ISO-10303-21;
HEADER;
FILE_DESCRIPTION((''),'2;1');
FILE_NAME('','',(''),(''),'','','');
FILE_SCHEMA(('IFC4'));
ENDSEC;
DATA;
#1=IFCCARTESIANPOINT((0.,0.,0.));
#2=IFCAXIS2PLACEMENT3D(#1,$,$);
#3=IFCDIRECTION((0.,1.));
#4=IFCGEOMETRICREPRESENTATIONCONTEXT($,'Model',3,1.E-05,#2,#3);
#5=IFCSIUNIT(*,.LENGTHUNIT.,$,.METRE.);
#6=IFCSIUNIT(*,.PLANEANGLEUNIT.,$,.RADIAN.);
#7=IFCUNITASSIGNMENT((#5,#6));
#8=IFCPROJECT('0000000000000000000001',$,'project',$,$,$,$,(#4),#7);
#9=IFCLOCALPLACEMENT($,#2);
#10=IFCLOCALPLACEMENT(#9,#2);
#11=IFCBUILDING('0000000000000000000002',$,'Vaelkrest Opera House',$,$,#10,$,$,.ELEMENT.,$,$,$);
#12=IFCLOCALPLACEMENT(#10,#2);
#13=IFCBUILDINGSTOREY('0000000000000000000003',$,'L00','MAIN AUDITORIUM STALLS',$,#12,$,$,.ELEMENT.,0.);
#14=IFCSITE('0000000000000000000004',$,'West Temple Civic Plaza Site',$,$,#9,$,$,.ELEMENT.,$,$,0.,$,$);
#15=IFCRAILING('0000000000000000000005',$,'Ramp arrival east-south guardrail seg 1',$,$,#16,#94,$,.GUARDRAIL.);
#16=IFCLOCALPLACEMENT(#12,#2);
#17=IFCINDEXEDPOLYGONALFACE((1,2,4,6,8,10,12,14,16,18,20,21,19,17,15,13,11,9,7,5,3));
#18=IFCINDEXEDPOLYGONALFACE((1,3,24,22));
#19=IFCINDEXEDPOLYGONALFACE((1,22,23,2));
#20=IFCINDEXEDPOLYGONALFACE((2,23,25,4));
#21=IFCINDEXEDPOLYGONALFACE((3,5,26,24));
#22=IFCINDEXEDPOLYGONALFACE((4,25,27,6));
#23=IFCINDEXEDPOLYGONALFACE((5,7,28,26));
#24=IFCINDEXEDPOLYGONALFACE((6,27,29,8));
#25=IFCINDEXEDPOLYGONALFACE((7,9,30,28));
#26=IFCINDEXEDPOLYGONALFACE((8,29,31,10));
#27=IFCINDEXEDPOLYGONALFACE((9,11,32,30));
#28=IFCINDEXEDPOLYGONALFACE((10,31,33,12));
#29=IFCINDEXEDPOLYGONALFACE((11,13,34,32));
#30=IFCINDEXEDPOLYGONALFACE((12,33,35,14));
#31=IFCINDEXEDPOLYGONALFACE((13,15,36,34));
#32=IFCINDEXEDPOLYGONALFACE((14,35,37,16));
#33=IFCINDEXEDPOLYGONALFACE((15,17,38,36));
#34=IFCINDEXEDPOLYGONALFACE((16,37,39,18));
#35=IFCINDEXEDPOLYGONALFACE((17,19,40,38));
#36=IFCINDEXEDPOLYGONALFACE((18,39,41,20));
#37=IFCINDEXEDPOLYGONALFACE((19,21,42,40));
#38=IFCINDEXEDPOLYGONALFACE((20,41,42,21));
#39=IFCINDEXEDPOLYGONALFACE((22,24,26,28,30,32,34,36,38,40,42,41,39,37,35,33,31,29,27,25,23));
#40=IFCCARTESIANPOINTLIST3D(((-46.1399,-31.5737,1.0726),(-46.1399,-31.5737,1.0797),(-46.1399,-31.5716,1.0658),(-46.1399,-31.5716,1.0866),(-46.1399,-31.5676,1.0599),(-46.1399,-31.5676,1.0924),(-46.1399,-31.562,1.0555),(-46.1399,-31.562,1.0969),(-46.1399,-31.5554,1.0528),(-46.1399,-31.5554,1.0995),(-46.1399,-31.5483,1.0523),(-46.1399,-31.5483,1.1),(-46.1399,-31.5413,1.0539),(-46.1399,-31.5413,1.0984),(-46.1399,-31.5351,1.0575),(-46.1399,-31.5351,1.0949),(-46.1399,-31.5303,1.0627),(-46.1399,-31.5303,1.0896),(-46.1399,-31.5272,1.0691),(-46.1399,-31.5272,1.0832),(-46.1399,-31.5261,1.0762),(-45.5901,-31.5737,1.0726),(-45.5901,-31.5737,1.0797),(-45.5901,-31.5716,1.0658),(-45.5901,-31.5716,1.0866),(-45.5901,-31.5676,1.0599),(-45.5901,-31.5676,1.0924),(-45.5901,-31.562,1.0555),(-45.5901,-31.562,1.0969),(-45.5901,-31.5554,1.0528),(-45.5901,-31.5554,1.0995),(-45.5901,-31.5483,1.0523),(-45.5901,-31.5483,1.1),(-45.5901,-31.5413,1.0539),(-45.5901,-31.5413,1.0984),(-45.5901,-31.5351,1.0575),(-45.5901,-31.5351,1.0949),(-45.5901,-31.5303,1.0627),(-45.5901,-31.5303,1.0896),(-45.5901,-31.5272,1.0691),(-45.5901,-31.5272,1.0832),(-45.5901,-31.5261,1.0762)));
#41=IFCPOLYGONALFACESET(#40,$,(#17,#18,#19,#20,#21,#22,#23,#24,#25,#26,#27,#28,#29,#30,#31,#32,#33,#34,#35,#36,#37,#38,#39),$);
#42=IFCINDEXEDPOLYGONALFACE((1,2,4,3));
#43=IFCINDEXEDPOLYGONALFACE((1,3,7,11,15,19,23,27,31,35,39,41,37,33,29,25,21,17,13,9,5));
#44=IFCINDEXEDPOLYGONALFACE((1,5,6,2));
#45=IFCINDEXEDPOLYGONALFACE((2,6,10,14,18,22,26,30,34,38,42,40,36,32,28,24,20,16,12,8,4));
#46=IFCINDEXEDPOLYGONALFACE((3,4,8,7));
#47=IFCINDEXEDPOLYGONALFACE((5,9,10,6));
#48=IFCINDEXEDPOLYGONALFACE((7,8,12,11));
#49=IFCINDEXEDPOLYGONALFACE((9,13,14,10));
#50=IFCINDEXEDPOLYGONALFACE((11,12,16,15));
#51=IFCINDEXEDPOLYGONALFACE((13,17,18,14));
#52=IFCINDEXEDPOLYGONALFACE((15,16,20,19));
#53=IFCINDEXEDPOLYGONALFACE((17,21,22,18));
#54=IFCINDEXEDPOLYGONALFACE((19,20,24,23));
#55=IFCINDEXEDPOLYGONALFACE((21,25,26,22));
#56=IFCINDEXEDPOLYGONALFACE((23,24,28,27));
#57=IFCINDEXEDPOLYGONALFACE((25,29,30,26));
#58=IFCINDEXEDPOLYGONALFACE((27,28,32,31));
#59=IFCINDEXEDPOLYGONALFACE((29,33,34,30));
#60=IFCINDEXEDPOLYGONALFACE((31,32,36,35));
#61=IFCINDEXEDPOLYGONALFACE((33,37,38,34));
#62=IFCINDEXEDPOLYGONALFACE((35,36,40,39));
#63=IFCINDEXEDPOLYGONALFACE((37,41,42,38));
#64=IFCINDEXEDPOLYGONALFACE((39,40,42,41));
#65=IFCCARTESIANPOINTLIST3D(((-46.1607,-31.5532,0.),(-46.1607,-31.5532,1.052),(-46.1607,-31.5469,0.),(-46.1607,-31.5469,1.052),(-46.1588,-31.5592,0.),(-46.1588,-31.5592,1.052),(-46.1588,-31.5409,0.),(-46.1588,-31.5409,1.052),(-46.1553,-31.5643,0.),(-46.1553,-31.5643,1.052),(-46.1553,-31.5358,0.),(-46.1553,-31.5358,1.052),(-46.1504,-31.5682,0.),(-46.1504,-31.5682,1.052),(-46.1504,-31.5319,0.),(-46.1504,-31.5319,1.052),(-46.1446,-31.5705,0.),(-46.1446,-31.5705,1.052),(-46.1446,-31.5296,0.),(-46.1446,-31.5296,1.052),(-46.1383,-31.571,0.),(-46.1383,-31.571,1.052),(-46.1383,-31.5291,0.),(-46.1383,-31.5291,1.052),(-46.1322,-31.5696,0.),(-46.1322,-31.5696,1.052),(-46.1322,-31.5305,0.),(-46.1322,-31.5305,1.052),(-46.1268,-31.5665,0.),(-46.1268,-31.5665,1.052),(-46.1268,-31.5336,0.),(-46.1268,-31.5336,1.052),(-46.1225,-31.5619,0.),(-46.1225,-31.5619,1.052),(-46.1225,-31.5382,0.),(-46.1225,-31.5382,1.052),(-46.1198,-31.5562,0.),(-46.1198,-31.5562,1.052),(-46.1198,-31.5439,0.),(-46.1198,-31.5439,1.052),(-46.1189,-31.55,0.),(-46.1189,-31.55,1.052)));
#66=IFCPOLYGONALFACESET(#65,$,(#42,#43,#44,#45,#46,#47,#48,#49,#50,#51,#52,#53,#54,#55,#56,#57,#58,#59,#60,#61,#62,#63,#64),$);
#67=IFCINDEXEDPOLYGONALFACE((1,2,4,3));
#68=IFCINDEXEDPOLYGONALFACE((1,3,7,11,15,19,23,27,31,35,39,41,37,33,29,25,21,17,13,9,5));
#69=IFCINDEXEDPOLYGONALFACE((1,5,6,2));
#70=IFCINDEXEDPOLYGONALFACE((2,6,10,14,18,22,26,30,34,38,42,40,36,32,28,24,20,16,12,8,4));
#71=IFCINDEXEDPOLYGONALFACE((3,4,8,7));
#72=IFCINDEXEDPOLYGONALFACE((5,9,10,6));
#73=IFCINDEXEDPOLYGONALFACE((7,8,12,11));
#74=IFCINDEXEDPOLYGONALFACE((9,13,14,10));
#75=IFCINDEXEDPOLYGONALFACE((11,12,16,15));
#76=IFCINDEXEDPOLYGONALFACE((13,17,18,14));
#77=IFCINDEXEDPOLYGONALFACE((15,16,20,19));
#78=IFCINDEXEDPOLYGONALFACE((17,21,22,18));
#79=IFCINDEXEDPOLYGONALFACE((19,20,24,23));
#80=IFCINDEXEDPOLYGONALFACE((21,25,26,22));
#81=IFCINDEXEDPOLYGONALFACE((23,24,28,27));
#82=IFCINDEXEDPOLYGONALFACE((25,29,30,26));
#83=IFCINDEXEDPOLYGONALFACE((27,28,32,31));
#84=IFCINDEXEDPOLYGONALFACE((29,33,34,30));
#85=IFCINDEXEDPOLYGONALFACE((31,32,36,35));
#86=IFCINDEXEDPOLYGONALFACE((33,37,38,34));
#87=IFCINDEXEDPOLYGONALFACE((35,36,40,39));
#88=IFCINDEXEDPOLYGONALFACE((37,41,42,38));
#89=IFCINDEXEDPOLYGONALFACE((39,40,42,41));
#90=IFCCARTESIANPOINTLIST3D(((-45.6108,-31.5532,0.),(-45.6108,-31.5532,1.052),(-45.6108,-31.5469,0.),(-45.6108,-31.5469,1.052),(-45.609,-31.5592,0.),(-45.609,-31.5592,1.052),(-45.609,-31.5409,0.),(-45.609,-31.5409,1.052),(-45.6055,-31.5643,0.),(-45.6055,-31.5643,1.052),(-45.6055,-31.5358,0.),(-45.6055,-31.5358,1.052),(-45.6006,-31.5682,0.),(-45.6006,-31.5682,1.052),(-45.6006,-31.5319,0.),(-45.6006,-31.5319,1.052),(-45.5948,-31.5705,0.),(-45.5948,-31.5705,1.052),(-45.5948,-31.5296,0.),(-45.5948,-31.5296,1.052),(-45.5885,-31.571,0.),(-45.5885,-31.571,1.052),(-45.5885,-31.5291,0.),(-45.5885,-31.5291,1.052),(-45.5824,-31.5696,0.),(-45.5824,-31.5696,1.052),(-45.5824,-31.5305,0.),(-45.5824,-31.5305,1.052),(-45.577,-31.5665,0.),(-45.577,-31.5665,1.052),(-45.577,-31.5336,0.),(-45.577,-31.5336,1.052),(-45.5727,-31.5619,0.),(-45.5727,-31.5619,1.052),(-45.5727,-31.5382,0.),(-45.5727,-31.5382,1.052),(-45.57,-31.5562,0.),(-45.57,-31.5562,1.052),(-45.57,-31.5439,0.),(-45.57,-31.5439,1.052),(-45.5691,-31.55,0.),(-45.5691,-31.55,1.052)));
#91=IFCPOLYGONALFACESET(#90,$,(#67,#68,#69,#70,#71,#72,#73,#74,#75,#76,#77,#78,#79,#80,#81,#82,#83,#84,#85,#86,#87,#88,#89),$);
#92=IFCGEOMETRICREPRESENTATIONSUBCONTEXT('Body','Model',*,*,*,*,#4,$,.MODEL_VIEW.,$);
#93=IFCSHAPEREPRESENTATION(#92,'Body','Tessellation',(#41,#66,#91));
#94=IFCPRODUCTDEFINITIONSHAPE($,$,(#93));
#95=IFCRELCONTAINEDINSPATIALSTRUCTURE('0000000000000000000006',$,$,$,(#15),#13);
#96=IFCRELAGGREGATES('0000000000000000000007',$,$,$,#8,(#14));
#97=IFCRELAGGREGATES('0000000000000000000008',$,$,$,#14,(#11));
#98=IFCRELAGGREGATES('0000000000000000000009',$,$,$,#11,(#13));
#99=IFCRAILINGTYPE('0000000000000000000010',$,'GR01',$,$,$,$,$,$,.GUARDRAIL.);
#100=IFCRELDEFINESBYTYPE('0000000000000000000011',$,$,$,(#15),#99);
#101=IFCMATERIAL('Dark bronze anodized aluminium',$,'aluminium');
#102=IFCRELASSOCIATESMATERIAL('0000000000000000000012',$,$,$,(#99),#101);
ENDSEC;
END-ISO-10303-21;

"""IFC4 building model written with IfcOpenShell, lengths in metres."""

from ifc_helpers import new_model, si_unit, direction, frame, origin, origin_2d, place, context, subcontext, project, spatial, circle, extrude, material, type_object, element, save


model = new_model("IFC4")

# Units and contexts
model_context = context("Model", 3, precision=1e-05, world=origin(), true_north=direction((0.0, 1.0)))
body_context = subcontext(model_context, "Body", "Model", "MODEL_VIEW")
ifc_project = project(units=[si_unit("LENGTHUNIT", "METRE"), si_unit("PLANEANGLEUNIT", "RADIAN")], contexts=[model_context])

# Site, building, storey
site_placement = place(None, origin())
site = spatial("IfcSite", under=ifc_project, at=site_placement, Name="West Temple Civic Plaza Site", CompositionType="ELEMENT", RefElevation=0.0)
building_placement = place(site_placement, origin())
building = spatial("IfcBuilding", under=site, at=building_placement, Name="Vaelkrest Opera House", CompositionType="ELEMENT")
storey_placement = place(building_placement, origin())
storey = spatial("IfcBuildingStorey", under=building, at=storey_placement, Name="L00", Description="MAIN AUDITORIUM STALLS", CompositionType="ELEMENT", Elevation=0.0)

# Shared definitions
ifc_material_1 = material(Name="Dark bronze anodized aluminium", Category="aluminium")

# Railing
railing_type = type_object("IfcRailingType", Name="GR01", PredefinedType="GUARDRAIL", material=ifc_material_1)
railing_placement = place(storey_placement, frame((-46.1399, -31.55, 0.0)))
element("IfcRailing", 1, at=railing_placement, inside=storey, type_object=railing_type, Name="Ramp arrival east-south guardrail seg 1", PredefinedType="GUARDRAIL", context=body_context, shape_type="SweptSolid", body=[
    extrude(circle(Radius=0.0239, at=origin_2d()), frame((0.0, 0.0, 1.0762), z_axis=(1.0, 0.0, 0.0), x_axis=(0.0, 1.0, 0.0)), (0.0, 0.0, 1.0), 0.5498),
    extrude(circle(Radius=0.021, at=origin_2d()), origin(), (0.0, 0.0, 1.0), 1.052),
    extrude(circle(Radius=0.021, at=origin_2d()), frame((0.5498, 0.0, 0.0)), (0.0, 0.0, 1.0), 1.052),
])

save(model, "model.ifc")
